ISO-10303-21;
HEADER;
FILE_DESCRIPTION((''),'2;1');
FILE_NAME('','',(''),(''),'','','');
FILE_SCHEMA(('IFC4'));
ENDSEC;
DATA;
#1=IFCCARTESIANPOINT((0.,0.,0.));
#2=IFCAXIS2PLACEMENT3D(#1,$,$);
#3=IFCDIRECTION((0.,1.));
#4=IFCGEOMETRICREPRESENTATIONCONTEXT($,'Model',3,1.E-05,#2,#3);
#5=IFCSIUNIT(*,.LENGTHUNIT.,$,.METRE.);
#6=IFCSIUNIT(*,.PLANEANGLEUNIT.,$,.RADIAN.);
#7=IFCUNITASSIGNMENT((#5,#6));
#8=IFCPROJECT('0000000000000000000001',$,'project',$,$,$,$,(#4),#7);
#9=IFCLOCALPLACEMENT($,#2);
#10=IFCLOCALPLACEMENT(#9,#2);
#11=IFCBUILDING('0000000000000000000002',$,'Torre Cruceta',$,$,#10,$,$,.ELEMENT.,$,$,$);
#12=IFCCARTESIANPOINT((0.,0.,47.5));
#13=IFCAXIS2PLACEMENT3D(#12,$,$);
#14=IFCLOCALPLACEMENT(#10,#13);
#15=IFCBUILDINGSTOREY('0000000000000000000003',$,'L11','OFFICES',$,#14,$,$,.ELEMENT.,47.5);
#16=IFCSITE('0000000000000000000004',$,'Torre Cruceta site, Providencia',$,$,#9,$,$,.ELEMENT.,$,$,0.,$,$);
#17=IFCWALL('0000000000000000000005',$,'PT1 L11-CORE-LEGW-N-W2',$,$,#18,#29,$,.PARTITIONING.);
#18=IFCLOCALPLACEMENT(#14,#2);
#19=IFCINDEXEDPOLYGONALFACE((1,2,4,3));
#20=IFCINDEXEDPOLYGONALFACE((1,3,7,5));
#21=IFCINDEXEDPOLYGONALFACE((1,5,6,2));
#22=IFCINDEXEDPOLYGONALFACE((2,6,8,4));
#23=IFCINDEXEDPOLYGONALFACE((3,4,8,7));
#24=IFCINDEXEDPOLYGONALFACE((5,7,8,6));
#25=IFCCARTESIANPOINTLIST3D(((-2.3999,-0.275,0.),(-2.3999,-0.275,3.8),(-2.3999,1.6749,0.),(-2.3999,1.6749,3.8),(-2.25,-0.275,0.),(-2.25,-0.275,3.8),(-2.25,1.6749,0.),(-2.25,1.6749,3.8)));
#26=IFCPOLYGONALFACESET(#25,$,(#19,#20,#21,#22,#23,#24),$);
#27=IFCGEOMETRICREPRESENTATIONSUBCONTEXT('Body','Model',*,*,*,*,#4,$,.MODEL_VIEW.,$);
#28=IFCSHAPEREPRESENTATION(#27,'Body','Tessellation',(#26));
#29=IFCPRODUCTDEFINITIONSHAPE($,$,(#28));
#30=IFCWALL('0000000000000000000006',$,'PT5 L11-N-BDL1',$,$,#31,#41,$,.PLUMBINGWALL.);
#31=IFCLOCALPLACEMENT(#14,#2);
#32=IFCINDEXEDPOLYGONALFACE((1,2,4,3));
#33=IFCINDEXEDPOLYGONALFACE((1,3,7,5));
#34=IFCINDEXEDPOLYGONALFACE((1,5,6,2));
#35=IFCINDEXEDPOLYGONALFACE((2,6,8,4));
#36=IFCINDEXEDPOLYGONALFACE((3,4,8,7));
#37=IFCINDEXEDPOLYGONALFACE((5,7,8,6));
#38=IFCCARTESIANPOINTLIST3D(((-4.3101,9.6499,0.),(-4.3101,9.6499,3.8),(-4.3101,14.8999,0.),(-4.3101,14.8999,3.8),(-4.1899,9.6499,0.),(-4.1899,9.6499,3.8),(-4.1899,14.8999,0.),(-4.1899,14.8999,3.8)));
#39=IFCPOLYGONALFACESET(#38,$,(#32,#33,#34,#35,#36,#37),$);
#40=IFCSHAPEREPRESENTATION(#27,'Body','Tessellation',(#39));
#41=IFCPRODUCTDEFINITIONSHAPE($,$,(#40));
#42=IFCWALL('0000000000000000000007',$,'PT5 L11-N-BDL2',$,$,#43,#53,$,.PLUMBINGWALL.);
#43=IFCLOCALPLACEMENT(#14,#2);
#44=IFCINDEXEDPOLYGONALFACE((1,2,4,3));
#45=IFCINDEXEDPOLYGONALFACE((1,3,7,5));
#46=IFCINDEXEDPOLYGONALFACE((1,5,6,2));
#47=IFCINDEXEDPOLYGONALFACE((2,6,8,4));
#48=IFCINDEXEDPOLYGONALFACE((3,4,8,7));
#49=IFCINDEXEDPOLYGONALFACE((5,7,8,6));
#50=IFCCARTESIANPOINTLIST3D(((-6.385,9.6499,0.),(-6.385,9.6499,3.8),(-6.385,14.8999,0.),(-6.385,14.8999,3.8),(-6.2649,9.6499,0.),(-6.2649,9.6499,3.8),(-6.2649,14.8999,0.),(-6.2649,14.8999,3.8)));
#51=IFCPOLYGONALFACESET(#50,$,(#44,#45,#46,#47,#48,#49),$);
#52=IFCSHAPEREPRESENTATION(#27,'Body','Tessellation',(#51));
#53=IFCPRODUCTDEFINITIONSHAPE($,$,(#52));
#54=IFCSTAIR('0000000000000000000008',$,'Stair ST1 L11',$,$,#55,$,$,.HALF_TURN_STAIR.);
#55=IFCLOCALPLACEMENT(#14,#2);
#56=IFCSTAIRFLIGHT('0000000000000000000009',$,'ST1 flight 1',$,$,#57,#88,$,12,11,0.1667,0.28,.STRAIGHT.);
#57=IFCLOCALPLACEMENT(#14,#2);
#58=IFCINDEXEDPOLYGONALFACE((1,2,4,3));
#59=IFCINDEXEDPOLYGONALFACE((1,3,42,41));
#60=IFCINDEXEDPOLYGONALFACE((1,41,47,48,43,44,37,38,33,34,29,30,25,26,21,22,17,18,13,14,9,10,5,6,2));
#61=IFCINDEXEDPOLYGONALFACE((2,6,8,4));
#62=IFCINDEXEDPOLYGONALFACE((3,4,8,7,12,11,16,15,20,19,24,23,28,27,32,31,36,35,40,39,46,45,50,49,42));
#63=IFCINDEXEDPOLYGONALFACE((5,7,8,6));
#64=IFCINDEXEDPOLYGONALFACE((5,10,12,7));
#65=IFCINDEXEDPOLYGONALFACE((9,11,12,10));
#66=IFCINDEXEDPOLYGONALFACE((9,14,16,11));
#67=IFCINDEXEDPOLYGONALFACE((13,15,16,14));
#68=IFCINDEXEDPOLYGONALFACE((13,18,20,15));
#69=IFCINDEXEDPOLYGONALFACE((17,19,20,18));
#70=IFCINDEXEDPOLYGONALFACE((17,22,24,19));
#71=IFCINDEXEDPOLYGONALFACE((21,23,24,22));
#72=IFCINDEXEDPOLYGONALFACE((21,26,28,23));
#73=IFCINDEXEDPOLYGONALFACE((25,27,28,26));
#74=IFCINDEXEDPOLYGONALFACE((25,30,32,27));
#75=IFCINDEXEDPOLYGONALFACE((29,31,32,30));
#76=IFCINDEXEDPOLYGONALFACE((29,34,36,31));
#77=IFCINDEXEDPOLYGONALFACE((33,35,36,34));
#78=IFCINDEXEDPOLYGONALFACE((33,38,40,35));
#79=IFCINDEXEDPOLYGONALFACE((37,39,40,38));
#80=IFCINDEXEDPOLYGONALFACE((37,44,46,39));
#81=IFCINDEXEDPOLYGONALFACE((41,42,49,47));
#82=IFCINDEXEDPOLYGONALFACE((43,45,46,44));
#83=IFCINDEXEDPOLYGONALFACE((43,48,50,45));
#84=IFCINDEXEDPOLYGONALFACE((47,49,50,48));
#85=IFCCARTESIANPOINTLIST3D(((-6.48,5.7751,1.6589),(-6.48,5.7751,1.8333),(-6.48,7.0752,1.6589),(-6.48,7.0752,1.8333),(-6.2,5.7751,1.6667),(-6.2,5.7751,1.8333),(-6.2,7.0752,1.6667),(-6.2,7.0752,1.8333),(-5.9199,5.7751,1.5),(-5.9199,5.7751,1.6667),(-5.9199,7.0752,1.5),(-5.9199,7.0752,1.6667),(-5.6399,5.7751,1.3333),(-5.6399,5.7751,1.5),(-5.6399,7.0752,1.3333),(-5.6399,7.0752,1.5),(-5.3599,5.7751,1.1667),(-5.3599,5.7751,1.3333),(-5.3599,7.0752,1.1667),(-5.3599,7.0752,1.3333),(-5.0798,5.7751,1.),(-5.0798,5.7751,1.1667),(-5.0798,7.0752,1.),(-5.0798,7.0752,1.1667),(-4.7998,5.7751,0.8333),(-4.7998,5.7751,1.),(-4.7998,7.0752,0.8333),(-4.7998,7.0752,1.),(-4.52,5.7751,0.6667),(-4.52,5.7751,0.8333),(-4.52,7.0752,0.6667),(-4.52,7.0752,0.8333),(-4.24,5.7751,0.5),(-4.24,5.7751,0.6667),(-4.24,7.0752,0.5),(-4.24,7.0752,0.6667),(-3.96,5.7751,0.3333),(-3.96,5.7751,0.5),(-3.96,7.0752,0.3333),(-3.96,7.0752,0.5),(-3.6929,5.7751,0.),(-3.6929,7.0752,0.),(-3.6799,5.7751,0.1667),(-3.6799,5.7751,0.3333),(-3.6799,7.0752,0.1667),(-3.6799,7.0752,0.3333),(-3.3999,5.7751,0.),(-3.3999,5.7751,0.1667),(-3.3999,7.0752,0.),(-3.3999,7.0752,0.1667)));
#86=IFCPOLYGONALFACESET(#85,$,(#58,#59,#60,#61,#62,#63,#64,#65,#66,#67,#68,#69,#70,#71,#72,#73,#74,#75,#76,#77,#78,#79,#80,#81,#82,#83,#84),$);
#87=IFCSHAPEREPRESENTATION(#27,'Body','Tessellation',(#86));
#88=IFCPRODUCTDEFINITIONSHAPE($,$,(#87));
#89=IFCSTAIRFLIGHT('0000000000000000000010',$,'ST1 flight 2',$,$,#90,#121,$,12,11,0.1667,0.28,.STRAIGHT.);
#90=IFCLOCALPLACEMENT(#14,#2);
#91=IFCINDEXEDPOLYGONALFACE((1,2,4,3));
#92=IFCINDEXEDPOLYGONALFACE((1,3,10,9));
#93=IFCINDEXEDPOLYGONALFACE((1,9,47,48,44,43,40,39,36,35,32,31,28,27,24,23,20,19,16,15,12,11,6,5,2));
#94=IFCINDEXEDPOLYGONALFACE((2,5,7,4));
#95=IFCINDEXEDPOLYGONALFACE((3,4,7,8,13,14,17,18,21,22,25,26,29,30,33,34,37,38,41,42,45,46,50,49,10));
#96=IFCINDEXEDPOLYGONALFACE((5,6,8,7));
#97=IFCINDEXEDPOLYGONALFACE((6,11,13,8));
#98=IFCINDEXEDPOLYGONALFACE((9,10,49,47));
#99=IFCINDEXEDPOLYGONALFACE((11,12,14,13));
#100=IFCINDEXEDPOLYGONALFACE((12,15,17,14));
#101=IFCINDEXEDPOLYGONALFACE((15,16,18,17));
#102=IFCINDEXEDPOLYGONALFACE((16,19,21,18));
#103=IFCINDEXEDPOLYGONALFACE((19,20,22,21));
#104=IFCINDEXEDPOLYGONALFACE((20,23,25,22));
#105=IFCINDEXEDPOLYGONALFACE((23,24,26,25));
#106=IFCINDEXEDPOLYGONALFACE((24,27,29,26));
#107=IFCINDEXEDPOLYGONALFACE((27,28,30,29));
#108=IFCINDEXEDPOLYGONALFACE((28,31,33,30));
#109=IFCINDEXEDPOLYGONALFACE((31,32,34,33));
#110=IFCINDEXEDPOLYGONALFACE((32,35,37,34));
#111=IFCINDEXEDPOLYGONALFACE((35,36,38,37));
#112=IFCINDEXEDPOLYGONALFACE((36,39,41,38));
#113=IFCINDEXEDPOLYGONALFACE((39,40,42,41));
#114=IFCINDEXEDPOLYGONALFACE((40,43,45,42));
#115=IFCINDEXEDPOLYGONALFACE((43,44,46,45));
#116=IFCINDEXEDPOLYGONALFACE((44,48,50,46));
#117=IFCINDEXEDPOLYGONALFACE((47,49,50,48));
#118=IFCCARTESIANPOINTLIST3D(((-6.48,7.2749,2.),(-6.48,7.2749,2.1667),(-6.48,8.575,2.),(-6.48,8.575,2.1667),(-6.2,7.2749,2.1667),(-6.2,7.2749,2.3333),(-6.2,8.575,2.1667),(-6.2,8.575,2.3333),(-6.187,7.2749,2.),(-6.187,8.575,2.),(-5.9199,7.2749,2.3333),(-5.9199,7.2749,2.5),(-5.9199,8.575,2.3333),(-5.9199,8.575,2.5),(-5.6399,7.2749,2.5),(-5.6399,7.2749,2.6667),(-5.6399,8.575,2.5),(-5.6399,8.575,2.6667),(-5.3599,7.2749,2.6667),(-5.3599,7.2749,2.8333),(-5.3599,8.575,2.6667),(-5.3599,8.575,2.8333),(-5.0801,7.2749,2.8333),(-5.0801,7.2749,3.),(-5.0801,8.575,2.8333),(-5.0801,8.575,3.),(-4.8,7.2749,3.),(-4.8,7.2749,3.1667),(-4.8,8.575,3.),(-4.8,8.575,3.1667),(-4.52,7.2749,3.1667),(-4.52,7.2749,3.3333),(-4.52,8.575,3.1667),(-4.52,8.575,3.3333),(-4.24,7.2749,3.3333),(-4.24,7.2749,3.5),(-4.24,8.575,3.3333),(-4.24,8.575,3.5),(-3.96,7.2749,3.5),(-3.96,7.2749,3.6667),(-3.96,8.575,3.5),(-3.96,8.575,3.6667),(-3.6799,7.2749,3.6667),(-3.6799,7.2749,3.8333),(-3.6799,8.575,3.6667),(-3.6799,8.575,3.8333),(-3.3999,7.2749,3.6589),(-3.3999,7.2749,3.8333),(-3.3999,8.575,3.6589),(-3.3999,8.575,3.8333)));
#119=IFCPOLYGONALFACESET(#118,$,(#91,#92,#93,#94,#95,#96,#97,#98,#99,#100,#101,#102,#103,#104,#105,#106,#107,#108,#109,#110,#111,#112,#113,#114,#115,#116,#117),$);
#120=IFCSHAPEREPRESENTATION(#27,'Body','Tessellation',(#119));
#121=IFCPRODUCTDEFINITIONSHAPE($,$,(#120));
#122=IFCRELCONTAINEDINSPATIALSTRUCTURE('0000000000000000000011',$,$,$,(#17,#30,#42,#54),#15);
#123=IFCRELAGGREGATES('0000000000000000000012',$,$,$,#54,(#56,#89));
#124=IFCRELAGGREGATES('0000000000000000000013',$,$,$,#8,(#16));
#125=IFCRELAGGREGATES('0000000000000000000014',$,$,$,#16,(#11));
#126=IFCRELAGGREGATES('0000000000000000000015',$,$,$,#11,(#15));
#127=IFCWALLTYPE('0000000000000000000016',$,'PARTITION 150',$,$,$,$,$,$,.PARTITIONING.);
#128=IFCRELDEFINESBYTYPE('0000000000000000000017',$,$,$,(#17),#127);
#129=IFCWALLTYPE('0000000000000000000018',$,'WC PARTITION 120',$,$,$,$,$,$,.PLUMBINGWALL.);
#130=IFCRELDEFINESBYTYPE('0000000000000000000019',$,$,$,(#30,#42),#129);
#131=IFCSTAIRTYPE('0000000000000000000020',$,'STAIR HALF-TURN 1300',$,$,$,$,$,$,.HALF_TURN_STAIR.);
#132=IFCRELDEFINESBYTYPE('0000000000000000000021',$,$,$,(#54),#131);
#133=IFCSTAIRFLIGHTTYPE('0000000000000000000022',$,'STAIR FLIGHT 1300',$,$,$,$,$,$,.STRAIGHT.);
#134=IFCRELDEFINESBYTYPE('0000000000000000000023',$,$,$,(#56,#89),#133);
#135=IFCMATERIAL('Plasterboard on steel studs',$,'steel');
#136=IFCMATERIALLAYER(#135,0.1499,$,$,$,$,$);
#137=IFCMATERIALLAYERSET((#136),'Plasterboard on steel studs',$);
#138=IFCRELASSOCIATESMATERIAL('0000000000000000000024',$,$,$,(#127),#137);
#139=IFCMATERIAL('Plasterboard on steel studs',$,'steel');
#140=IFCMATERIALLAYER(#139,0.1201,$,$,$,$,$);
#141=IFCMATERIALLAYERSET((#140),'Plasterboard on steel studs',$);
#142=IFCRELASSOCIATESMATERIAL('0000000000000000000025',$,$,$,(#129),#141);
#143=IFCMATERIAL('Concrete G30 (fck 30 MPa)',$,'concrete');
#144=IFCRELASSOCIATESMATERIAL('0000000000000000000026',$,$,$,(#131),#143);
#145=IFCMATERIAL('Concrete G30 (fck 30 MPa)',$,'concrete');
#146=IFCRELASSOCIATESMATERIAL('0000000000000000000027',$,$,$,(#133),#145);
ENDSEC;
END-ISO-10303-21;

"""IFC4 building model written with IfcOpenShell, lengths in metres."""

from ifc_helpers import new_model, si_unit, direction, frame, frame_2d, origin, place, context, subcontext, project, spatial, polyline, rectangle, outline, extrude, material, layer, layer_set, type_object, element, aggregate, save


model = new_model("IFC4")

# Units and contexts
model_context = context("Model", 3, precision=1e-05, world=origin(), true_north=direction((0.0, 1.0)))
body_context = subcontext(model_context, "Body", "Model", "MODEL_VIEW")
ifc_project = project(units=[si_unit("LENGTHUNIT", "METRE"), si_unit("PLANEANGLEUNIT", "RADIAN")], contexts=[model_context])

# Site, building, storey
site_placement = place(None, origin())
site = spatial("IfcSite", under=ifc_project, at=site_placement, Name="Torre Cruceta site, Providencia", CompositionType="ELEMENT", RefElevation=0.0)
building_placement = place(site_placement, origin())
building = spatial("IfcBuilding", under=site, at=building_placement, Name="Torre Cruceta", CompositionType="ELEMENT")
storey_placement = place(building_placement, frame((0.0, 0.0, 47.5)))
storey = spatial("IfcBuildingStorey", under=building, at=storey_placement, Name="L11", Description="OFFICES", CompositionType="ELEMENT", Elevation=47.5)

# Walls
ifc_material_1 = material(Name="Plasterboard on steel studs", Category="steel")
ifc_layer_1 = layer(ifc_material_1, 0.1499)
ifc_layer_set_1 = layer_set([ifc_layer_1], Name="Plasterboard on steel studs")
wall_type_1 = type_object("IfcWallType", Name="PARTITION 150", PredefinedType="PARTITIONING", material=ifc_layer_set_1)
wall_1_placement = place(storey_placement, frame((-2.325, 1.675, 0.0), z_axis=(0.0, 0.0, 1.0), x_axis=(0.0, -1.0, 0.0)))
element("IfcWall", 1, at=wall_1_placement, inside=storey, type_object=wall_type_1, Name="PT1 L11-CORE-LEGW-N-W2", PredefinedType="PARTITIONING", context=body_context, shape_type="SweptSolid", body=[
    extrude(rectangle(XDim=1.95, YDim=0.1499, at=frame_2d((0.9751, 0.0))), origin(), (0.0, 0.0, 1.0), 3.8),
])
ifc_material_2 = material(Name="Plasterboard on steel studs", Category="steel")
ifc_layer_2 = layer(ifc_material_2, 0.1201)
ifc_layer_set_2 = layer_set([ifc_layer_2], Name="Plasterboard on steel studs")
wall_type_2 = type_object("IfcWallType", Name="WC PARTITION 120", PredefinedType="PLUMBINGWALL", material=ifc_layer_set_2)
for number, where, z_axis, x_axis, name in (
    (2, (-4.25, 9.6499, 0.0), (0.0, 0.0, 1.0), (0.0, 1.0, 0.0), "PT5 L11-N-BDL1"),
    (3, (-6.325, 9.6499, 0.0), (0.0, 0.0, 1.0), (0.0, 1.0, 0.0), "PT5 L11-N-BDL2"),
):
    element("IfcWall", number, at=place(storey_placement, frame(where, z_axis=z_axis, x_axis=x_axis)), inside=storey, type_object=wall_type_2, Name=name, PredefinedType="PLUMBINGWALL", context=body_context, shape_type="SweptSolid", body=[
        extrude(rectangle(XDim=5.25, YDim=0.1201, at=frame_2d((2.625, 0.0))), origin(), (0.0, 0.0, 1.0), 3.8),
    ])

# Stair, stair flights
ifc_material_3 = material(Name="Concrete G30 (fck 30 MPa)", Category="concrete")
stair_type = type_object("IfcStairType", Name="STAIR HALF-TURN 1300", PredefinedType="HALF_TURN_STAIR", material=ifc_material_3)
stair_placement = place(storey_placement, origin())
stair = element("IfcStair", 4, at=stair_placement, inside=storey, type_object=stair_type, Name="Stair ST1 L11", PredefinedType="HALF_TURN_STAIR")
ifc_material_4 = material(Name="Concrete G30 (fck 30 MPa)", Category="concrete")
stair_flight_type = type_object("IfcStairFlightType", Name="STAIR FLIGHT 1300", PredefinedType="STRAIGHT", material=ifc_material_4)
stair_flight_1_placement = place(storey_placement, frame((-3.3999, 6.425, 0.0), z_axis=(0.0, 0.0, 1.0), x_axis=(-1.0, 0.0, 0.0)))
stair_flight_1 = element("IfcStairFlight", 5, at=stair_flight_1_placement, type_object=stair_flight_type, Name="ST1 flight 1", NumberOfRisers=12, NumberOfTreads=11, PredefinedType="STRAIGHT", RiserHeight=0.1667, TreadLength=0.28, context=body_context, shape_type="SweptSolid", body=[
    extrude(outline(polyline([(0.0, 0.0), (0.0, 0.1667), (0.28, 0.1667), (0.28, 0.3333), (0.5601, 0.3333), (0.5601, 0.5), (0.8401, 0.5), (0.8401, 0.6667), (1.1201, 0.6667), (1.1201, 0.8333), (1.3999, 0.8333), (1.3999, 1.0), (1.6799, 1.0), (1.6799, 1.1667), (1.96, 1.1667), (1.96, 1.3333), (2.24, 1.3333), (2.24, 1.5), (2.52, 1.5), (2.52, 1.6667), (2.8, 1.6667), (2.8, 1.8333), (3.0801, 1.8333), (3.0801, 2.0), (3.0801, 1.6589), (0.293, 0.0), (0.0, 0.0)])), frame((0.0, 0.6499, 0.0), z_axis=(0.0, -1.0, 0.0), x_axis=(1.0, 0.0, 0.0)), (0.0, 0.0, 1.0), 1.3),
])
stair_flight_2_placement = place(storey_placement, frame((-6.48, 7.925, 2.0), z_axis=(0.0, 0.0, 1.0), x_axis=(1.0, 0.0, 0.0)))
stair_flight_2 = element("IfcStairFlight", 6, at=stair_flight_2_placement, type_object=stair_flight_type, Name="ST1 flight 2", NumberOfRisers=12, NumberOfTreads=11, PredefinedType="STRAIGHT", RiserHeight=0.1667, TreadLength=0.28, context=body_context, shape_type="SweptSolid", body=[
    extrude(outline(polyline([(0.0, 0.0), (0.0, 0.1667), (0.28, 0.1667), (0.28, 0.3333), (0.5601, 0.3333), (0.5601, 0.5), (0.8401, 0.5), (0.8401, 0.6667), (1.1201, 0.6667), (1.1201, 0.8333), (1.3999, 0.8333), (1.3999, 1.0), (1.6799, 1.0), (1.6799, 1.1667), (1.96, 1.1667), (1.96, 1.3333), (2.24, 1.3333), (2.24, 1.5), (2.52, 1.5), (2.52, 1.6667), (2.8, 1.6667), (2.8, 1.8333), (3.0801, 1.8333), (3.0801, 2.0), (3.0801, 1.6589), (0.293, 0.0), (0.0, 0.0)])), frame((0.0, 0.6499, 0.0), z_axis=(0.0, -1.0, 0.0), x_axis=(1.0, 0.0, 0.0)), (0.0, 0.0, 1.0), 1.3),
])
aggregate(stair, [stair_flight_1, stair_flight_2])

save(model, "model.ifc")
